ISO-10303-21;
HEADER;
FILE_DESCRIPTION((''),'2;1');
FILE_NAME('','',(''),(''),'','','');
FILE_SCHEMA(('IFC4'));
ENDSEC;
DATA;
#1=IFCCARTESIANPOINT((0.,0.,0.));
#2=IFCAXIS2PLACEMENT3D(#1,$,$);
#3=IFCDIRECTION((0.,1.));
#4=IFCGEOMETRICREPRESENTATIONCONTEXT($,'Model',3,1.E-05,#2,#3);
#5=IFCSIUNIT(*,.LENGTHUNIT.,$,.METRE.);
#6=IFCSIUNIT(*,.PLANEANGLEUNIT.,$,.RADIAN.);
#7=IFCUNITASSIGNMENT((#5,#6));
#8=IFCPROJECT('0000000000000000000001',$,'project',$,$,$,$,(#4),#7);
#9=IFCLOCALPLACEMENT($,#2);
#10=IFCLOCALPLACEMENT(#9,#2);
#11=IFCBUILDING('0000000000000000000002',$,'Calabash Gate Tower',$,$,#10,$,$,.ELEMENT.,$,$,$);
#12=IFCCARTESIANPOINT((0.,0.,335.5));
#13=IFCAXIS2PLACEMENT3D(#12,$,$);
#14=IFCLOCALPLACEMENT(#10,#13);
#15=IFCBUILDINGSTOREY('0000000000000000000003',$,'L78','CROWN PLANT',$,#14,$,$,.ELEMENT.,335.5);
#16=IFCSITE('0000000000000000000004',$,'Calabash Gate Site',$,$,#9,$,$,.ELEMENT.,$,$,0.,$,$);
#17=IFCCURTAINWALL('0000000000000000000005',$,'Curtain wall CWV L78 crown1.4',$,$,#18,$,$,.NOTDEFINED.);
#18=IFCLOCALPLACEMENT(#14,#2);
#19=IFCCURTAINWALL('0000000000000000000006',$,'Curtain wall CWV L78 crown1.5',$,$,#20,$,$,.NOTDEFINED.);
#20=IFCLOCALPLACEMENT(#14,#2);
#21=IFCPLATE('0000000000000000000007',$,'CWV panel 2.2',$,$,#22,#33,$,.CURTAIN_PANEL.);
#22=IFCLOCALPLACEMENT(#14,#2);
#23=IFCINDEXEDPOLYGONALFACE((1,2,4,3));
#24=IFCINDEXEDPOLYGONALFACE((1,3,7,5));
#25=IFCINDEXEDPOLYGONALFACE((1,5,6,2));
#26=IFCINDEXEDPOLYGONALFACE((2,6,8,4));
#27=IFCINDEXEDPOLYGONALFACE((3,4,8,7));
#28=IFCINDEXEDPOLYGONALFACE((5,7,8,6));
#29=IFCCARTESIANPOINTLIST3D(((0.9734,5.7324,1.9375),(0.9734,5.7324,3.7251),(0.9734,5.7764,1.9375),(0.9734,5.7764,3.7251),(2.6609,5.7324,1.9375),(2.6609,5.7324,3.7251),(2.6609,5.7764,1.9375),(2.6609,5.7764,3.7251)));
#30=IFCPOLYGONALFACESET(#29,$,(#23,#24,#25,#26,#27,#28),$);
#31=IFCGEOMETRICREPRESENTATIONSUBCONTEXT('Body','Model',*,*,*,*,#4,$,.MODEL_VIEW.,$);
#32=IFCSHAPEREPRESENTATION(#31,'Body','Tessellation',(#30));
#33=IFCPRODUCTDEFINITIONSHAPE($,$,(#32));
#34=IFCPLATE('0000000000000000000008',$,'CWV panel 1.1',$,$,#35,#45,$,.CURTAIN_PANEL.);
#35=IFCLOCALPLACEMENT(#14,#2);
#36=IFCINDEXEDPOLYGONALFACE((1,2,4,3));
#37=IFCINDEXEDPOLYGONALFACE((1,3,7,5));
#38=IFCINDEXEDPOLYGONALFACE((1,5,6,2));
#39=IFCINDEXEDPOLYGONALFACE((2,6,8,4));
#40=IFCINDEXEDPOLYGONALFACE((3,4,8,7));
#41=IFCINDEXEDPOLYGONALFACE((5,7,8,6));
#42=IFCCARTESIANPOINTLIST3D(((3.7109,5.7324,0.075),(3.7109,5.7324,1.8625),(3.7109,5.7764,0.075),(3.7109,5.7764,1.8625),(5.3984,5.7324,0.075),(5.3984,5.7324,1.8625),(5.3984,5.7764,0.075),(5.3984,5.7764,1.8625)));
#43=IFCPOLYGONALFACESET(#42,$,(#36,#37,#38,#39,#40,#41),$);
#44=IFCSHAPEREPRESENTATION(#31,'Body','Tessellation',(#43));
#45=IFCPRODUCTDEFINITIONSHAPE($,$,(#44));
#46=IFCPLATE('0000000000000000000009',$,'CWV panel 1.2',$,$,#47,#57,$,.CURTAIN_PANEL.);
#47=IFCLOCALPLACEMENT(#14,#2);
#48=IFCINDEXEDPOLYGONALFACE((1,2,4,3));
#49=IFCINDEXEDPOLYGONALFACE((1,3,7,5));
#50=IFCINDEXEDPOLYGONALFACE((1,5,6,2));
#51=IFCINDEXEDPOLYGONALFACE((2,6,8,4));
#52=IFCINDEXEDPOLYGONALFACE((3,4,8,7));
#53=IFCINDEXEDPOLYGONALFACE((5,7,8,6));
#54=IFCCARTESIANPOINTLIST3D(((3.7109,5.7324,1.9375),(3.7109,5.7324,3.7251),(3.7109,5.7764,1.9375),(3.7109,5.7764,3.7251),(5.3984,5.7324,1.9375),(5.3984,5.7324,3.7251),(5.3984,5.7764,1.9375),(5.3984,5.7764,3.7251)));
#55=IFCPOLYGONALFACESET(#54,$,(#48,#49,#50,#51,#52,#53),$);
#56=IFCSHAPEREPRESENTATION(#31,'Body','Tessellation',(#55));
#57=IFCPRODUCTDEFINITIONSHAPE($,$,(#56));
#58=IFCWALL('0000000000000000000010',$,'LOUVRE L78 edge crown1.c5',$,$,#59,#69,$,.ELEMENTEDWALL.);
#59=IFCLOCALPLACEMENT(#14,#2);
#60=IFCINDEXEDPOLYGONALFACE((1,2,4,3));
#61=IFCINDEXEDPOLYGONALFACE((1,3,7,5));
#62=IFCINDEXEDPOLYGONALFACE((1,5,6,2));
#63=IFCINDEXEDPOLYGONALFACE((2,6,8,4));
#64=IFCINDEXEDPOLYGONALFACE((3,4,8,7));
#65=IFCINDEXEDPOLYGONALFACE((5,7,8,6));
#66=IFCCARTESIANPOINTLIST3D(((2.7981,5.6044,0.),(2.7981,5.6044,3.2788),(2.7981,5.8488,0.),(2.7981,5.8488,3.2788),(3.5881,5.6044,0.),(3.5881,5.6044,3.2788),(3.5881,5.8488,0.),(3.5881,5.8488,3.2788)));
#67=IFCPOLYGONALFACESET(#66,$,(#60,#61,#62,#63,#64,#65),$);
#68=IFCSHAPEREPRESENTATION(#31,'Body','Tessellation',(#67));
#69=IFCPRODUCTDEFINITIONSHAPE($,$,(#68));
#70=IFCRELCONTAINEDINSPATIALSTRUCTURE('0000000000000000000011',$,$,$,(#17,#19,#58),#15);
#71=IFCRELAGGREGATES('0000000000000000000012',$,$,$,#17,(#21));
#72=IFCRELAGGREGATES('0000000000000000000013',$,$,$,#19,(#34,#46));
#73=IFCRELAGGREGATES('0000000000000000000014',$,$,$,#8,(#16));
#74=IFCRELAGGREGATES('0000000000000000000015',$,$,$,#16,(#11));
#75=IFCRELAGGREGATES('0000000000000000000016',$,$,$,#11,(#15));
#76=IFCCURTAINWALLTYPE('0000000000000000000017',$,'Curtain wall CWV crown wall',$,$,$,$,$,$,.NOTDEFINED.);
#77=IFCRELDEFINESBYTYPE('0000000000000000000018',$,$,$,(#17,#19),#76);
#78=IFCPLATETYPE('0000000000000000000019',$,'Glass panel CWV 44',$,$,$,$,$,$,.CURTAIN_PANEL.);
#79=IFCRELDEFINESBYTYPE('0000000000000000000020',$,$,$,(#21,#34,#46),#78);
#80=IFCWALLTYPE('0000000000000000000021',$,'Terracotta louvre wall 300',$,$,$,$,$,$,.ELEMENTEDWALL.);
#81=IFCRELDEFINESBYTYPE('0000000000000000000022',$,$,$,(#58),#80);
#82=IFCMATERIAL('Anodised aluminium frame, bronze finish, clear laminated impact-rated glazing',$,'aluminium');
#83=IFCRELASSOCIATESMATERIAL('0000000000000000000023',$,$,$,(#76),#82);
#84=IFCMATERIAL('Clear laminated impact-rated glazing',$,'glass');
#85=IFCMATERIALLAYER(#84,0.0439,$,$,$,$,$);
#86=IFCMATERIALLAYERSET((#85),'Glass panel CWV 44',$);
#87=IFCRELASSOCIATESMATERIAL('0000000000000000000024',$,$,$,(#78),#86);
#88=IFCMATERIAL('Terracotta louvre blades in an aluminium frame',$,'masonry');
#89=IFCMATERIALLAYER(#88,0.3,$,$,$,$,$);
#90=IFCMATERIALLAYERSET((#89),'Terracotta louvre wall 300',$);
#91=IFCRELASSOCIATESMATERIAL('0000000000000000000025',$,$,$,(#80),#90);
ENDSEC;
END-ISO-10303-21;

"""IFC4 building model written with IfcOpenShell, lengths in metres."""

from ifc_helpers import new_model, si_unit, direction, frame, frame_2d, origin, origin_2d, place, context, subcontext, project, spatial, rectangle, extrude, material, layer, layer_set, type_object, element, aggregate, save


model = new_model("IFC4")

# Units and contexts
model_context = context("Model", 3, precision=1e-05, world=origin(), true_north=direction((0.0, 1.0)))
body_context = subcontext(model_context, "Body", "Model", "MODEL_VIEW")
ifc_project = project(units=[si_unit("LENGTHUNIT", "METRE"), si_unit("PLANEANGLEUNIT", "RADIAN")], contexts=[model_context])

# Site, building, storey
site_placement = place(None, origin())
site = spatial("IfcSite", under=ifc_project, at=site_placement, Name="Calabash Gate Site", CompositionType="ELEMENT", RefElevation=0.0)
building_placement = place(site_placement, origin())
building = spatial("IfcBuilding", under=site, at=building_placement, Name="Calabash Gate Tower", CompositionType="ELEMENT")
storey_placement = place(building_placement, frame((0.0, 0.0, 335.5)))
storey = spatial("IfcBuildingStorey", under=building, at=storey_placement, Name="L78", Description="CROWN PLANT", CompositionType="ELEMENT", Elevation=335.5)

# Curtain walls
ifc_material_1 = material(Name="Anodised aluminium frame, bronze finish, clear laminated impact-rated glazing", Category="aluminium")
curtain_wall_type = type_object("IfcCurtainWallType", Name="Curtain wall CWV crown wall", PredefinedType="NOTDEFINED", material=ifc_material_1)
curtain_wall_1_placement = place(storey_placement, origin())
curtain_wall_1 = element("IfcCurtainWall", 1, at=curtain_wall_1_placement, inside=storey, type_object=curtain_wall_type, Name="Curtain wall CWV L78 crown1.4", PredefinedType="NOTDEFINED")
curtain_wall_2_placement = place(storey_placement, origin())
curtain_wall_2 = element("IfcCurtainWall", 2, at=curtain_wall_2_placement, inside=storey, type_object=curtain_wall_type, Name="Curtain wall CWV L78 crown1.5", PredefinedType="NOTDEFINED")

# Plates
ifc_material_2 = material(Name="Clear laminated impact-rated glazing", Category="glass")
ifc_layer_1 = layer(ifc_material_2, 0.0439)
ifc_layer_set_1 = layer_set([ifc_layer_1], Name="Glass panel CWV 44")
plate_type = type_object("IfcPlateType", Name="Glass panel CWV 44", PredefinedType="CURTAIN_PANEL", material=ifc_layer_set_1)
plate_1_placement = place(storey_placement, frame((1.8171, 5.7544, 1.9375), z_axis=(0.0, 0.0, 1.0), x_axis=(1.0, 0.0, 0.0)))
plate_1 = element("IfcPlate", 3, at=plate_1_placement, type_object=plate_type, Name="CWV panel 2.2", PredefinedType="CURTAIN_PANEL", context=body_context, shape_type="SweptSolid", body=[
    extrude(rectangle(XDim=1.6875, YDim=0.0439, at=origin_2d()), origin(), (0.0, 0.0, 1.0), 1.7876),
])
aggregate(curtain_wall_1, [plate_1])
plate_2_placement = place(storey_placement, frame((4.5547, 5.7544, 0.075), z_axis=(0.0, 0.0, 1.0), x_axis=(1.0, 0.0, 0.0)))
plate_2 = element("IfcPlate", 4, at=plate_2_placement, type_object=plate_type, Name="CWV panel 1.1", PredefinedType="CURTAIN_PANEL", context=body_context, shape_type="SweptSolid", body=[
    extrude(rectangle(XDim=1.6875, YDim=0.0439, at=origin_2d()), origin(), (0.0, 0.0, 1.0), 1.7876),
])
plate_3_placement = place(storey_placement, frame((4.5547, 5.7544, 1.9375), z_axis=(0.0, 0.0, 1.0), x_axis=(1.0, 0.0, 0.0)))
plate_3 = element("IfcPlate", 5, at=plate_3_placement, type_object=plate_type, Name="CWV panel 1.2", PredefinedType="CURTAIN_PANEL", context=body_context, shape_type="SweptSolid", body=[
    extrude(rectangle(XDim=1.6875, YDim=0.0439, at=origin_2d()), origin(), (0.0, 0.0, 1.0), 1.7876),
])
aggregate(curtain_wall_2, [plate_2, plate_3])

# Wall
ifc_material_3 = material(Name="Terracotta louvre blades in an aluminium frame", Category="masonry")
ifc_layer_2 = layer(ifc_material_3, 0.3)
ifc_layer_set_2 = layer_set([ifc_layer_2], Name="Terracotta louvre wall 300")
wall_type = type_object("IfcWallType", Name="Terracotta louvre wall 300", PredefinedType="ELEMENTEDWALL", material=ifc_layer_set_2)
wall_placement = place(storey_placement, frame((2.7981, 5.7266, 0.0), z_axis=(0.0, 0.0, 1.0), x_axis=(1.0, 0.0, 0.0)))
element("IfcWall", 6, at=wall_placement, inside=storey, type_object=wall_type, Name="LOUVRE L78 edge crown1.c5", PredefinedType="ELEMENTEDWALL", context=body_context, shape_type="SweptSolid", body=[
    extrude(rectangle(XDim=0.79, YDim=0.2444, at=frame_2d((0.395, 0.0))), origin(), (0.0, 0.0, 1.0), 3.2788),
])

save(model, "model.ifc")
